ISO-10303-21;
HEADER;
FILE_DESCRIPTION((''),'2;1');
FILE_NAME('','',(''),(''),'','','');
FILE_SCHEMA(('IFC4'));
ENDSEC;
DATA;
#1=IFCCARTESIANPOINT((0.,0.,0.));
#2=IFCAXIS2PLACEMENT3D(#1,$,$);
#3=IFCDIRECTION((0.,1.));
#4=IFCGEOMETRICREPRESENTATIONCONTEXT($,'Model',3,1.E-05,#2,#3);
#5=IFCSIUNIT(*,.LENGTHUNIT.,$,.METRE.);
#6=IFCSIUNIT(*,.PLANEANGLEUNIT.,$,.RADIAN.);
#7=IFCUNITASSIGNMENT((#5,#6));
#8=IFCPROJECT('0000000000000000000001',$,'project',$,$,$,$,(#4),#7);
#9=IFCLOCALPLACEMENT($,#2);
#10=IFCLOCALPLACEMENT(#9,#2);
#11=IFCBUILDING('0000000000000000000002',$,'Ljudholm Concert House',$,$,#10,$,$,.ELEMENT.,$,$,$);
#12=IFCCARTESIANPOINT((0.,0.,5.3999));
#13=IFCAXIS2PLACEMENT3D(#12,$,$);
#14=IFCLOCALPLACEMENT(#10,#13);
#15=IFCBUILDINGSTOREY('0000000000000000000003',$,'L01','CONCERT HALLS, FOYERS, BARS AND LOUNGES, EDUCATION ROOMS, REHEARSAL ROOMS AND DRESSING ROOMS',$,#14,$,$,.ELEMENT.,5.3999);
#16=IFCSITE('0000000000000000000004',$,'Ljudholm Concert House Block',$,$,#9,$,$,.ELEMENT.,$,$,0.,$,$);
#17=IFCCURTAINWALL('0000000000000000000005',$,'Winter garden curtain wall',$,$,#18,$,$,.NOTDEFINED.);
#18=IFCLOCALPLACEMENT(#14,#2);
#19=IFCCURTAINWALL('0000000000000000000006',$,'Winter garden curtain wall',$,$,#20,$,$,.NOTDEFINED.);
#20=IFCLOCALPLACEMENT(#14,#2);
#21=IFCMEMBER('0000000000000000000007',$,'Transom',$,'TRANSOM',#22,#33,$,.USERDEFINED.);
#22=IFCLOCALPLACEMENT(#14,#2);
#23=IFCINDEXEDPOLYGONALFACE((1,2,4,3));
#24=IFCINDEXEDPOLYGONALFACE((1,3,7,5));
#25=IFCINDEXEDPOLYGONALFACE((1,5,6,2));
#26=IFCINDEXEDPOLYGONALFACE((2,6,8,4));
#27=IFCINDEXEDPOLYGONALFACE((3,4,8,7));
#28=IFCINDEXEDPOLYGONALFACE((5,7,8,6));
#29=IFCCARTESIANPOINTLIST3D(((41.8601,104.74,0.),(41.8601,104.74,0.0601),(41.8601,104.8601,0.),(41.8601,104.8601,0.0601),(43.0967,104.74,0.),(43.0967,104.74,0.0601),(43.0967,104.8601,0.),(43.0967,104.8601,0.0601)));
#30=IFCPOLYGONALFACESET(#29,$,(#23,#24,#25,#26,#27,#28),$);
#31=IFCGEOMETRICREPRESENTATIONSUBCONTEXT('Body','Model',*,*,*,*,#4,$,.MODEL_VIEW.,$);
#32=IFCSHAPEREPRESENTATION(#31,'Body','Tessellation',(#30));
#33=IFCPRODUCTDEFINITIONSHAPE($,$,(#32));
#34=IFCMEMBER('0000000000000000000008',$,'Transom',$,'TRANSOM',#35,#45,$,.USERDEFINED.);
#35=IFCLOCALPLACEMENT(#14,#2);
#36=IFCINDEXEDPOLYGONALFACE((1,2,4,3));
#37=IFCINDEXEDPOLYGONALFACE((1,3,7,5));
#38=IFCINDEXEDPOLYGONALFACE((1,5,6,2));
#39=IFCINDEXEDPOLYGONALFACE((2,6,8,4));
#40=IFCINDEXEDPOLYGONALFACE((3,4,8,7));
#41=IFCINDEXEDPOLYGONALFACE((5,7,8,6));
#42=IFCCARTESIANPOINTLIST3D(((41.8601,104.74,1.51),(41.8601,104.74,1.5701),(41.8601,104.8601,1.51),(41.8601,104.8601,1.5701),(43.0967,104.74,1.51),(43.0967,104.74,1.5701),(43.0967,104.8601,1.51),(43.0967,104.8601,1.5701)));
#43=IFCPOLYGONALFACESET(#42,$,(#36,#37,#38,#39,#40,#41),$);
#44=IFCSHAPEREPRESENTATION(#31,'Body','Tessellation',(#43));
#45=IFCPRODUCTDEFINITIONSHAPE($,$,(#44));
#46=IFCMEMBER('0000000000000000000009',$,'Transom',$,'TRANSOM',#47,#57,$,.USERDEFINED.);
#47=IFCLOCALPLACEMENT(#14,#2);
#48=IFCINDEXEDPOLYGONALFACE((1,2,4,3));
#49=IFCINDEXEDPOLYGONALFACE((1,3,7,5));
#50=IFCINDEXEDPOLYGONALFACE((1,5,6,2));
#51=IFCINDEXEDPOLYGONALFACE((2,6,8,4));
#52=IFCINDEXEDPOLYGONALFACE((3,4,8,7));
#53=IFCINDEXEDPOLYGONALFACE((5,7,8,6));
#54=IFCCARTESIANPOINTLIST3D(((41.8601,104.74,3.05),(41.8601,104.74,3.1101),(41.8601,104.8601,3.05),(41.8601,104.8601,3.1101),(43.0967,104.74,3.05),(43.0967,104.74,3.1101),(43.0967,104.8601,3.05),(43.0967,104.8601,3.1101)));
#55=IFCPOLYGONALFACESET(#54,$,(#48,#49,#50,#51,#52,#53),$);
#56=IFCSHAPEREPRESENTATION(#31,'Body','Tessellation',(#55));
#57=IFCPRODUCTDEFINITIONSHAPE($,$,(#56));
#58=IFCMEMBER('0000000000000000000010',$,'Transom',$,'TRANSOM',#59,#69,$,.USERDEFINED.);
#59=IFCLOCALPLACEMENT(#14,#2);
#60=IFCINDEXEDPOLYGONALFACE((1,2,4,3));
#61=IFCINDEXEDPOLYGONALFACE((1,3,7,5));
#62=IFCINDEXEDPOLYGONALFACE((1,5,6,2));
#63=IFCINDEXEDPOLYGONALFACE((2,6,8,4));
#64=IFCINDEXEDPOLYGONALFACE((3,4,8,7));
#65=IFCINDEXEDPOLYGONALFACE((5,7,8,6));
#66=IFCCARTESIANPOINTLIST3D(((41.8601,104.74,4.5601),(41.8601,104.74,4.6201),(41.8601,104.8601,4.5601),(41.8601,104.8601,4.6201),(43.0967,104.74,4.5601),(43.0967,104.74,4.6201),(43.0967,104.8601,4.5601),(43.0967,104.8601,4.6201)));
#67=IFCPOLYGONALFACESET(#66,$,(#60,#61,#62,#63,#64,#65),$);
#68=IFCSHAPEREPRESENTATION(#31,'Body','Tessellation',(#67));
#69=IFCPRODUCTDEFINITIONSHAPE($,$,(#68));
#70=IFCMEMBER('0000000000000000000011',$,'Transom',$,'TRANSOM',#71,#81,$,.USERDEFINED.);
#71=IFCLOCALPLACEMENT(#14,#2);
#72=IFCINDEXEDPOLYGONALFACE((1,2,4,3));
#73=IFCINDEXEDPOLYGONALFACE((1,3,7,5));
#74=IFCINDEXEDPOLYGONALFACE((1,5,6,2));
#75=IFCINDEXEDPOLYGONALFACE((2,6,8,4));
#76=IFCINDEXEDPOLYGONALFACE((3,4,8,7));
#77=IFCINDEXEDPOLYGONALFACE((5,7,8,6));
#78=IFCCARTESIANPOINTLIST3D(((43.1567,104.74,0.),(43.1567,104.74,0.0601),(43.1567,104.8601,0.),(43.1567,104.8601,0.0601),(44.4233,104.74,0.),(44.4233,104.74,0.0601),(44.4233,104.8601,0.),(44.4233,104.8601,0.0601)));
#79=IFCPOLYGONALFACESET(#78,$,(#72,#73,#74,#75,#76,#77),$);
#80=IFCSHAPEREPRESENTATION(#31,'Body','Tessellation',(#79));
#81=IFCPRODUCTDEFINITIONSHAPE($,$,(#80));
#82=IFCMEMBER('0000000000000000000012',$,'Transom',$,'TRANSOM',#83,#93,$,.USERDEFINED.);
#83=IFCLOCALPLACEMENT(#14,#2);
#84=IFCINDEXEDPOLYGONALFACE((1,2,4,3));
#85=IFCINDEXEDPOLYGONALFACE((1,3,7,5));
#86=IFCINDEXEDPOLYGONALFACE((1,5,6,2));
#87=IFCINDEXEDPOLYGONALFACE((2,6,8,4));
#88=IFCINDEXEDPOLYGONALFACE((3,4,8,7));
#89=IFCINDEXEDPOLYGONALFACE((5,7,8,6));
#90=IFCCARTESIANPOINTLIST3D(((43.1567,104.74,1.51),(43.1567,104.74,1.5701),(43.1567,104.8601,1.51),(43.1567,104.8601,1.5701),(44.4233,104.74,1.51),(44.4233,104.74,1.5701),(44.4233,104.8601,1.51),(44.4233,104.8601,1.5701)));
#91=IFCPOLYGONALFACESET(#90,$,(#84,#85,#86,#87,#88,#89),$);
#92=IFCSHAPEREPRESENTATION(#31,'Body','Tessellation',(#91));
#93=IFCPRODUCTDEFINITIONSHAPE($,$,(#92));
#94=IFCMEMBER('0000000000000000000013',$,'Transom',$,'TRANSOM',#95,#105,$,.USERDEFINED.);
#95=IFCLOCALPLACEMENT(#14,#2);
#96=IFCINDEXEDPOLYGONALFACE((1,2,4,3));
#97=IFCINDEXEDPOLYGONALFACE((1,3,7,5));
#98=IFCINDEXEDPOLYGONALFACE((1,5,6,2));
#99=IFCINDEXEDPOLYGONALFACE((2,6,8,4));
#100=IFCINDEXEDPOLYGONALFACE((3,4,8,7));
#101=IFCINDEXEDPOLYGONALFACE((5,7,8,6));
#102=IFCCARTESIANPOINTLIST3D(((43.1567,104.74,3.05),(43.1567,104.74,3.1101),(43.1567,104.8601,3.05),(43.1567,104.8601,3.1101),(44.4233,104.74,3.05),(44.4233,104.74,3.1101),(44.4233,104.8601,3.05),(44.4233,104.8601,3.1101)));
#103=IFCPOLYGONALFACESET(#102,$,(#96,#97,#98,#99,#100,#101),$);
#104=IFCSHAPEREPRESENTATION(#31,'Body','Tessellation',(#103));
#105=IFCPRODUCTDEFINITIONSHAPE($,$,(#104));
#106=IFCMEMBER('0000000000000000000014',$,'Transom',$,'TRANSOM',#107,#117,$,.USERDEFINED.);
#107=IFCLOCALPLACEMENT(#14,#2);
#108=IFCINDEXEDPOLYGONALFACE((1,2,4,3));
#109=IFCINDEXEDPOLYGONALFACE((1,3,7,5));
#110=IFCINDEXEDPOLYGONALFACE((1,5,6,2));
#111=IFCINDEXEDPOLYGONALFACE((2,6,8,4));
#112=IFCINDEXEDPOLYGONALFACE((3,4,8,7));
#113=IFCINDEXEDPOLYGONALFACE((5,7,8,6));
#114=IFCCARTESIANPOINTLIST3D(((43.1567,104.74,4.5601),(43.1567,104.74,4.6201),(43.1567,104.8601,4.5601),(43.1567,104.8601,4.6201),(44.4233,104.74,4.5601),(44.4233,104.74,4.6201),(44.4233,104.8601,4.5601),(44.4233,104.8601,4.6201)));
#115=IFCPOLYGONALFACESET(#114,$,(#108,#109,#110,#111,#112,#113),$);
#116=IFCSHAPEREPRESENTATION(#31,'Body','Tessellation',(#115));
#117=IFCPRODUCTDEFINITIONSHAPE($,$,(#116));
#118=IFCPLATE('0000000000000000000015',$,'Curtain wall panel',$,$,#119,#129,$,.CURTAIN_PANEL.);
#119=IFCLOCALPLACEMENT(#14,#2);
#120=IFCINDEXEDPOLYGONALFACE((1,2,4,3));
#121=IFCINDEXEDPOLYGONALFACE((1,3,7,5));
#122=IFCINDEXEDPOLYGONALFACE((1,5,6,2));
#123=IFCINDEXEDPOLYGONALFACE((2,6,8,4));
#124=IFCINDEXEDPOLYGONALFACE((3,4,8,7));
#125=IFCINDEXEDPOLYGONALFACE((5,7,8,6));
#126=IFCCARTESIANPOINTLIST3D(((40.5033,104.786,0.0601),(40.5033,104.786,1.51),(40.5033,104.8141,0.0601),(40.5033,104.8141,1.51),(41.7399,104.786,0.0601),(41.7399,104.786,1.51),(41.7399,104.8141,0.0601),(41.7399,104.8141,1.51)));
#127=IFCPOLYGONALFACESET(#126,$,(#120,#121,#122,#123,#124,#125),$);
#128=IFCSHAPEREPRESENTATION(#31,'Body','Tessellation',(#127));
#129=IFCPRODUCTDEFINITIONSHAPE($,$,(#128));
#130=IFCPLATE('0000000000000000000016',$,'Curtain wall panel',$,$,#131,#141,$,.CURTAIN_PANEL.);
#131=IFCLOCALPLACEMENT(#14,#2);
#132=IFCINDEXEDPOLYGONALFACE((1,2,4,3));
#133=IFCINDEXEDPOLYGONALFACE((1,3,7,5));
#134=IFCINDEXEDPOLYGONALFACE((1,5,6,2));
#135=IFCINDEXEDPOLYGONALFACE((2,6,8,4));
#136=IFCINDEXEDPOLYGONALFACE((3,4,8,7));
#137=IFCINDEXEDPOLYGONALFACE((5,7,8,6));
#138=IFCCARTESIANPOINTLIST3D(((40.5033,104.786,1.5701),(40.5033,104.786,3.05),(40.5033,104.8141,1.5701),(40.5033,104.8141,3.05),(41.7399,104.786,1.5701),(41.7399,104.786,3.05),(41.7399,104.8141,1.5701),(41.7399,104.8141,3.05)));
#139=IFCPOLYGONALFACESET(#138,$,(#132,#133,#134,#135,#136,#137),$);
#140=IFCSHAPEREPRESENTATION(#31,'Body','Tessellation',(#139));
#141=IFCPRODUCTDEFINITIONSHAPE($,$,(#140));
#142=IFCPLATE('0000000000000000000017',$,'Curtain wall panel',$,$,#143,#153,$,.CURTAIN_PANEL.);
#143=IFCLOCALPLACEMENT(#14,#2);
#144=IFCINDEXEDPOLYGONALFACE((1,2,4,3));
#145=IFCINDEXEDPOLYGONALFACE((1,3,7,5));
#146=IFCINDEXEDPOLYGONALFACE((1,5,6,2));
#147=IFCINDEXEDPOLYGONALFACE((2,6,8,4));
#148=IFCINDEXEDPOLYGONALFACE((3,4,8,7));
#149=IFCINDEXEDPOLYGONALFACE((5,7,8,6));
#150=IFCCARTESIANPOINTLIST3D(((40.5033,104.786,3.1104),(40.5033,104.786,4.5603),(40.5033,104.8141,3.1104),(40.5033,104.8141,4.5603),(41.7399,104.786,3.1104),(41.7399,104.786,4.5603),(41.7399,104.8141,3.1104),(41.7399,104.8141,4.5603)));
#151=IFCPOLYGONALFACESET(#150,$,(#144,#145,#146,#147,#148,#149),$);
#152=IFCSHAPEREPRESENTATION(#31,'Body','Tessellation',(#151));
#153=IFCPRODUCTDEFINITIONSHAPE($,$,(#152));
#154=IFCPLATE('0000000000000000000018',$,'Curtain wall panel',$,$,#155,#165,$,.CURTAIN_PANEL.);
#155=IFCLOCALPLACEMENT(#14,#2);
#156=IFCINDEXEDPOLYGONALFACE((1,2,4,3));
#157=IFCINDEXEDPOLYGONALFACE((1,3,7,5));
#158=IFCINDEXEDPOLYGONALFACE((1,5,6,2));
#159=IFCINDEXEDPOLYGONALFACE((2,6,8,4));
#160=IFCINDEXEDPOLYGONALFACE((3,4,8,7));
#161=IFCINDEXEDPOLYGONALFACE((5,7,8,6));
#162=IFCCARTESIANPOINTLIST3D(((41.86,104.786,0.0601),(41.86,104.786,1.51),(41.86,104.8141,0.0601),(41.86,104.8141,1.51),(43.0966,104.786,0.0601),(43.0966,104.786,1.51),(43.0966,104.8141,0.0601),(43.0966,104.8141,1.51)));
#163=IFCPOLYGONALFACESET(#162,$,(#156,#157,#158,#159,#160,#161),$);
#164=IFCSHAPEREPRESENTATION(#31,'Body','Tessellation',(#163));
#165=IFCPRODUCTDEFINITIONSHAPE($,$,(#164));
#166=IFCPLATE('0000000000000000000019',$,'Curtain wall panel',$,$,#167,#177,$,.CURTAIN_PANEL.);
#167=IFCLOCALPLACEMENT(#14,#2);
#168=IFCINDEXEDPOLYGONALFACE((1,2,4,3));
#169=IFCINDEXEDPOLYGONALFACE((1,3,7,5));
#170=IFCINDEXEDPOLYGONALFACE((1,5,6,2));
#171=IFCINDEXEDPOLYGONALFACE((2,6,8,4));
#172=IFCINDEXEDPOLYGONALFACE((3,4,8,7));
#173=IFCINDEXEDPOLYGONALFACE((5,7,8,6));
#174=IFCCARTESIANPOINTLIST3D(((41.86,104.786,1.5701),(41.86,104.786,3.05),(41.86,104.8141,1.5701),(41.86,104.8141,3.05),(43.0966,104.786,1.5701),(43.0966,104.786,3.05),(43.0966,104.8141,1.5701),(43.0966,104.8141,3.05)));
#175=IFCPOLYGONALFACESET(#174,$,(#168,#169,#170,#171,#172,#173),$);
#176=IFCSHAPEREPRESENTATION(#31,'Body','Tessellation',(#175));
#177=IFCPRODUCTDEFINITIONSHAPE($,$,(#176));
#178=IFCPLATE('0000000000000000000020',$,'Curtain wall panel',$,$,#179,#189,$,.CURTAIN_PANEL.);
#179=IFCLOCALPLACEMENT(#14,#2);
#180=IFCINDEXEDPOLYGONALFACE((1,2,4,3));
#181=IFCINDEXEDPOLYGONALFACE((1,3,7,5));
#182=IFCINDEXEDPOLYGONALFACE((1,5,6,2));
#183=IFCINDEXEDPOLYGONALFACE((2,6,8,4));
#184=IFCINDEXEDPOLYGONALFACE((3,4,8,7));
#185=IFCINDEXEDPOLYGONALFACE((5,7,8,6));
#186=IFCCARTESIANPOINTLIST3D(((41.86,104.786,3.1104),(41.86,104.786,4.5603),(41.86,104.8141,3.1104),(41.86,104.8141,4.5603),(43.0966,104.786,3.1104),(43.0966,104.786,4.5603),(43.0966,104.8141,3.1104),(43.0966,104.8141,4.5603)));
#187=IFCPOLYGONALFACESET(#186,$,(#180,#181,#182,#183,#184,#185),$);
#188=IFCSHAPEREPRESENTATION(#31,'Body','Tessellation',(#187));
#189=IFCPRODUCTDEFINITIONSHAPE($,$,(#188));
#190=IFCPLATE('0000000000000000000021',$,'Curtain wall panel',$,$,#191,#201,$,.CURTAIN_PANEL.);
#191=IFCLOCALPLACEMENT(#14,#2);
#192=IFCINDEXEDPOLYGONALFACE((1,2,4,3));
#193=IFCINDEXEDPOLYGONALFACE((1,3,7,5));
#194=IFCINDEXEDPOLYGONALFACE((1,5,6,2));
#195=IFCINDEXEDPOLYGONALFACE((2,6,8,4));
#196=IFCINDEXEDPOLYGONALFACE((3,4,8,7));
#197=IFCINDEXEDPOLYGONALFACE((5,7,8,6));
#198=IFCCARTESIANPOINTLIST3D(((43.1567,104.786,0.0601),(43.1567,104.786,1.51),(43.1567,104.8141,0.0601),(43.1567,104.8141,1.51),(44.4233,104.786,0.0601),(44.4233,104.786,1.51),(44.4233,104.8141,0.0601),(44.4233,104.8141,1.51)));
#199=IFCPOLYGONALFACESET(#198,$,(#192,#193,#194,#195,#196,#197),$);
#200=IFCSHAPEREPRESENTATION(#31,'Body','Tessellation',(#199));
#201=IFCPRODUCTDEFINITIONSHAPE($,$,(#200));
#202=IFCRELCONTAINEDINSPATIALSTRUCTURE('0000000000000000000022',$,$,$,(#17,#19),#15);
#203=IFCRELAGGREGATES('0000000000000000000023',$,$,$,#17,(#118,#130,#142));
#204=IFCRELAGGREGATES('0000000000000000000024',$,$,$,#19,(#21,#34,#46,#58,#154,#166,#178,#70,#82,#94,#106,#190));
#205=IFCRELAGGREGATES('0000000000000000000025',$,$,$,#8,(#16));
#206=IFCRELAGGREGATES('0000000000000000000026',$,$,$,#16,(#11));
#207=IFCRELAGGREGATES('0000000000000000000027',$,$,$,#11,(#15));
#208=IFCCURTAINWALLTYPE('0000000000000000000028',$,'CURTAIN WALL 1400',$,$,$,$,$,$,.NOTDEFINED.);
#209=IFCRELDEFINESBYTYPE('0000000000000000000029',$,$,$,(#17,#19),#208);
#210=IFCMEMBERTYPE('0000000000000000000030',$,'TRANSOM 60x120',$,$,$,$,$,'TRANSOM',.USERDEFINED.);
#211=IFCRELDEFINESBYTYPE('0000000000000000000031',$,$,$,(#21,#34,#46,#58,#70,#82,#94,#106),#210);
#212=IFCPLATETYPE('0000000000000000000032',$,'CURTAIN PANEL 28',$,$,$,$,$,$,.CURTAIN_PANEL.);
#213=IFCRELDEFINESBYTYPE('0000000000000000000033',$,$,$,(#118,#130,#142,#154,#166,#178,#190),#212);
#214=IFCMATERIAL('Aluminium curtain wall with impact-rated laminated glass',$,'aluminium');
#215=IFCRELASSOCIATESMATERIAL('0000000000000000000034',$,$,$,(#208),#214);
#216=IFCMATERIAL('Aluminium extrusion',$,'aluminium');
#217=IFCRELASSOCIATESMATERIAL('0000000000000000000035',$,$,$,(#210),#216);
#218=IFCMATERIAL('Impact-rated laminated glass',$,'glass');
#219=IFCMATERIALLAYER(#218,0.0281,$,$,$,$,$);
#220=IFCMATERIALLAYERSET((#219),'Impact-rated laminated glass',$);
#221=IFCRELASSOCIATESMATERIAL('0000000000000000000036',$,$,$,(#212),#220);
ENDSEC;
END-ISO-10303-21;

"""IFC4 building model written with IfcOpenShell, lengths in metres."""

from ifc_helpers import new_model, si_unit, direction, frame, origin, origin_2d, place, context, subcontext, project, spatial, rectangle, extrude, material, layer, layer_set, material_profile, profile_set, type_object, element, aggregate, save


model = new_model("IFC4")

# Units and contexts
model_context = context("Model", 3, precision=1e-05, world=origin(), true_north=direction((0.0, 1.0)))
body_context = subcontext(model_context, "Body", "Model", "MODEL_VIEW")
ifc_project = project(units=[si_unit("LENGTHUNIT", "METRE"), si_unit("PLANEANGLEUNIT", "RADIAN")], contexts=[model_context])

# Site, building, storey
site_placement = place(None, origin())
site = spatial("IfcSite", under=ifc_project, at=site_placement, Name="Ljudholm Concert House Block", CompositionType="ELEMENT", RefElevation=0.0)
building_placement = place(site_placement, origin())
building = spatial("IfcBuilding", under=site, at=building_placement, Name="Ljudholm Concert House", CompositionType="ELEMENT")
storey_placement = place(building_placement, frame((0.0, 0.0, 5.3999)))
storey = spatial("IfcBuildingStorey", under=building, at=storey_placement, Name="L01", Description="CONCERT HALLS, FOYERS, BARS AND LOUNGES, EDUCATION ROOMS, REHEARSAL ROOMS AND DRESSING ROOMS", CompositionType="ELEMENT", Elevation=5.3999)

# Curtain wall
ifc_material_1 = material(Name="Aluminium curtain wall with impact-rated laminated glass", Category="aluminium")
curtain_wall_type = type_object("IfcCurtainWallType", Name="CURTAIN WALL 1400", PredefinedType="NOTDEFINED", material=ifc_material_1)
curtain_wall_1_placement = place(storey_placement, origin())
curtain_wall_1 = element("IfcCurtainWall", 1, at=curtain_wall_1_placement, inside=storey, type_object=curtain_wall_type, Name="Winter garden curtain wall", PredefinedType="NOTDEFINED")

# Curtain wall
curtain_wall_2_placement = place(storey_placement, origin())
curtain_wall_2 = element("IfcCurtainWall", 2, at=curtain_wall_2_placement, inside=storey, type_object=curtain_wall_type, Name="Winter garden curtain wall", PredefinedType="NOTDEFINED")

# Members
ifc_material_2 = material(Name="Aluminium extrusion", Category="aluminium")
ifc_material_profile_1 = material_profile(ifc_material_2, rectangle(XDim=0.1201, YDim=0.0601, at=origin_2d()), Name="TRANSOM 60x120")
ifc_profile_set_1 = profile_set([ifc_material_profile_1], Name="Aluminium extrusion")
member_type_1 = type_object("IfcMemberType", Name="TRANSOM 60x120", ElementType="TRANSOM", PredefinedType="USERDEFINED", material=ifc_profile_set_1)
member_1_placement = place(storey_placement, frame((41.8601, 104.8, 0.03), z_axis=(1.0, 0.0, 0.0), x_axis=(0.0, 1.0, 0.0)))
member_1 = element("IfcMember", 3, at=member_1_placement, type_object=member_type_1, Name="Transom", ObjectType="TRANSOM", PredefinedType="USERDEFINED", context=body_context, shape_type="SweptSolid", body=[
    extrude(rectangle(XDim=0.1201, YDim=0.0601, at=origin_2d()), origin(), (0.0, 0.0, 1.0), 1.2366),
])
member_2_placement = place(storey_placement, frame((41.8601, 104.8, 1.54), z_axis=(1.0, 0.0, 0.0), x_axis=(0.0, 1.0, 0.0)))
member_2 = element("IfcMember", 4, at=member_2_placement, type_object=member_type_1, Name="Transom", ObjectType="TRANSOM", PredefinedType="USERDEFINED", context=body_context, shape_type="SweptSolid", body=[
    extrude(rectangle(XDim=0.1201, YDim=0.0601, at=origin_2d()), origin(), (0.0, 0.0, 1.0), 1.2366),
])
member_3_placement = place(storey_placement, frame((41.8601, 104.8, 3.0801), z_axis=(1.0, 0.0, 0.0), x_axis=(0.0, 1.0, 0.0)))
member_3 = element("IfcMember", 5, at=member_3_placement, type_object=member_type_1, Name="Transom", ObjectType="TRANSOM", PredefinedType="USERDEFINED", context=body_context, shape_type="SweptSolid", body=[
    extrude(rectangle(XDim=0.1201, YDim=0.0601, at=origin_2d()), origin(), (0.0, 0.0, 1.0), 1.2366),
])
member_4_placement = place(storey_placement, frame((41.8601, 104.8, 4.5901), z_axis=(1.0, 0.0, 0.0), x_axis=(0.0, 1.0, 0.0)))
member_4 = element("IfcMember", 6, at=member_4_placement, type_object=member_type_1, Name="Transom", ObjectType="TRANSOM", PredefinedType="USERDEFINED", context=body_context, shape_type="SweptSolid", body=[
    extrude(rectangle(XDim=0.1201, YDim=0.0601, at=origin_2d()), origin(), (0.0, 0.0, 1.0), 1.2366),
])
member_5_placement = place(storey_placement, frame((43.1567, 104.8, 0.03), z_axis=(1.0, 0.0, 0.0), x_axis=(0.0, 1.0, 0.0)))
member_5 = element("IfcMember", 7, at=member_5_placement, type_object=member_type_1, Name="Transom", ObjectType="TRANSOM", PredefinedType="USERDEFINED", context=body_context, shape_type="SweptSolid", body=[
    extrude(rectangle(XDim=0.1201, YDim=0.0601, at=origin_2d()), origin(), (0.0, 0.0, 1.0), 1.2666),
])
member_6_placement = place(storey_placement, frame((43.1567, 104.8, 1.54), z_axis=(1.0, 0.0, 0.0), x_axis=(0.0, 1.0, 0.0)))
member_6 = element("IfcMember", 8, at=member_6_placement, type_object=member_type_1, Name="Transom", ObjectType="TRANSOM", PredefinedType="USERDEFINED", context=body_context, shape_type="SweptSolid", body=[
    extrude(rectangle(XDim=0.1201, YDim=0.0601, at=origin_2d()), origin(), (0.0, 0.0, 1.0), 1.2666),
])
member_7_placement = place(storey_placement, frame((43.1567, 104.8, 3.0801), z_axis=(1.0, 0.0, 0.0), x_axis=(0.0, 1.0, 0.0)))
member_7 = element("IfcMember", 9, at=member_7_placement, type_object=member_type_1, Name="Transom", ObjectType="TRANSOM", PredefinedType="USERDEFINED", context=body_context, shape_type="SweptSolid", body=[
    extrude(rectangle(XDim=0.1201, YDim=0.0601, at=origin_2d()), origin(), (0.0, 0.0, 1.0), 1.2666),
])
member_8_placement = place(storey_placement, frame((43.1567, 104.8, 4.5901), z_axis=(1.0, 0.0, 0.0), x_axis=(0.0, 1.0, 0.0)))
member_8 = element("IfcMember", 10, at=member_8_placement, type_object=member_type_1, Name="Transom", ObjectType="TRANSOM", PredefinedType="USERDEFINED", context=body_context, shape_type="SweptSolid", body=[
    extrude(rectangle(XDim=0.1201, YDim=0.0601, at=origin_2d()), origin(), (0.0, 0.0, 1.0), 1.2666),
])

# Plates
ifc_material_3 = material(Name="Impact-rated laminated glass", Category="glass")
ifc_layer = layer(ifc_material_3, 0.0281)
ifc_layer_set = layer_set([ifc_layer], Name="Impact-rated laminated glass")
plate_type = type_object("IfcPlateType", Name="CURTAIN PANEL 28", PredefinedType="CURTAIN_PANEL", material=ifc_layer_set)
plate_1_placement = place(storey_placement, frame((41.1216, 104.8, 0.0601), z_axis=(0.0, 0.0, 1.0), x_axis=(1.0, 0.0, 0.0)))
plate_1 = element("IfcPlate", 11, at=plate_1_placement, type_object=plate_type, Name="Curtain wall panel", PredefinedType="CURTAIN_PANEL", context=body_context, shape_type="SweptSolid", body=[
    extrude(rectangle(XDim=1.2366, YDim=0.0281, at=origin_2d()), origin(), (0.0, 0.0, 1.0), 1.45),
])
plate_2_placement = place(storey_placement, frame((41.1216, 104.8, 1.5701), z_axis=(0.0, 0.0, 1.0), x_axis=(1.0, 0.0, 0.0)))
plate_2 = element("IfcPlate", 12, at=plate_2_placement, type_object=plate_type, Name="Curtain wall panel", PredefinedType="CURTAIN_PANEL", context=body_context, shape_type="SweptSolid", body=[
    extrude(rectangle(XDim=1.2366, YDim=0.0281, at=origin_2d()), origin(), (0.0, 0.0, 1.0), 1.48),
])
plate_3_placement = place(storey_placement, frame((41.1216, 104.8, 3.1104), z_axis=(0.0, 0.0, 1.0), x_axis=(1.0, 0.0, 0.0)))
plate_3 = element("IfcPlate", 13, at=plate_3_placement, type_object=plate_type, Name="Curtain wall panel", PredefinedType="CURTAIN_PANEL", context=body_context, shape_type="SweptSolid", body=[
    extrude(rectangle(XDim=1.2366, YDim=0.0281, at=origin_2d()), origin(), (0.0, 0.0, 1.0), 1.45),
])
aggregate(curtain_wall_1, [plate_1, plate_2, plate_3])
plate_4_placement = place(storey_placement, frame((42.4783, 104.8, 0.0601), z_axis=(0.0, 0.0, 1.0), x_axis=(1.0, 0.0, 0.0)))
plate_4 = element("IfcPlate", 14, at=plate_4_placement, type_object=plate_type, Name="Curtain wall panel", PredefinedType="CURTAIN_PANEL", context=body_context, shape_type="SweptSolid", body=[
    extrude(rectangle(XDim=1.2366, YDim=0.0281, at=origin_2d()), origin(), (0.0, 0.0, 1.0), 1.45),
])
plate_5_placement = place(storey_placement, frame((42.4783, 104.8, 1.5701), z_axis=(0.0, 0.0, 1.0), x_axis=(1.0, 0.0, 0.0)))
plate_5 = element("IfcPlate", 15, at=plate_5_placement, type_object=plate_type, Name="Curtain wall panel", PredefinedType="CURTAIN_PANEL", context=body_context, shape_type="SweptSolid", body=[
    extrude(rectangle(XDim=1.2366, YDim=0.0281, at=origin_2d()), origin(), (0.0, 0.0, 1.0), 1.48),
])
plate_6_placement = place(storey_placement, frame((42.4783, 104.8, 3.1104), z_axis=(0.0, 0.0, 1.0), x_axis=(1.0, 0.0, 0.0)))
plate_6 = element("IfcPlate", 16, at=plate_6_placement, type_object=plate_type, Name="Curtain wall panel", PredefinedType="CURTAIN_PANEL", context=body_context, shape_type="SweptSolid", body=[
    extrude(rectangle(XDim=1.2366, YDim=0.0281, at=origin_2d()), origin(), (0.0, 0.0, 1.0), 1.45),
])
plate_7_placement = place(storey_placement, frame((43.79, 104.8, 0.0601), z_axis=(0.0, 0.0, 1.0), x_axis=(1.0, 0.0, 0.0)))
plate_7 = element("IfcPlate", 17, at=plate_7_placement, type_object=plate_type, Name="Curtain wall panel", PredefinedType="CURTAIN_PANEL", context=body_context, shape_type="SweptSolid", body=[
    extrude(rectangle(XDim=1.2666, YDim=0.0281, at=origin_2d()), origin(), (0.0, 0.0, 1.0), 1.45),
])
aggregate(curtain_wall_2, [member_1, member_2, member_3, member_4, plate_4, plate_5, plate_6, member_5, member_6, member_7, member_8, plate_7])

save(model, "model.ifc")
